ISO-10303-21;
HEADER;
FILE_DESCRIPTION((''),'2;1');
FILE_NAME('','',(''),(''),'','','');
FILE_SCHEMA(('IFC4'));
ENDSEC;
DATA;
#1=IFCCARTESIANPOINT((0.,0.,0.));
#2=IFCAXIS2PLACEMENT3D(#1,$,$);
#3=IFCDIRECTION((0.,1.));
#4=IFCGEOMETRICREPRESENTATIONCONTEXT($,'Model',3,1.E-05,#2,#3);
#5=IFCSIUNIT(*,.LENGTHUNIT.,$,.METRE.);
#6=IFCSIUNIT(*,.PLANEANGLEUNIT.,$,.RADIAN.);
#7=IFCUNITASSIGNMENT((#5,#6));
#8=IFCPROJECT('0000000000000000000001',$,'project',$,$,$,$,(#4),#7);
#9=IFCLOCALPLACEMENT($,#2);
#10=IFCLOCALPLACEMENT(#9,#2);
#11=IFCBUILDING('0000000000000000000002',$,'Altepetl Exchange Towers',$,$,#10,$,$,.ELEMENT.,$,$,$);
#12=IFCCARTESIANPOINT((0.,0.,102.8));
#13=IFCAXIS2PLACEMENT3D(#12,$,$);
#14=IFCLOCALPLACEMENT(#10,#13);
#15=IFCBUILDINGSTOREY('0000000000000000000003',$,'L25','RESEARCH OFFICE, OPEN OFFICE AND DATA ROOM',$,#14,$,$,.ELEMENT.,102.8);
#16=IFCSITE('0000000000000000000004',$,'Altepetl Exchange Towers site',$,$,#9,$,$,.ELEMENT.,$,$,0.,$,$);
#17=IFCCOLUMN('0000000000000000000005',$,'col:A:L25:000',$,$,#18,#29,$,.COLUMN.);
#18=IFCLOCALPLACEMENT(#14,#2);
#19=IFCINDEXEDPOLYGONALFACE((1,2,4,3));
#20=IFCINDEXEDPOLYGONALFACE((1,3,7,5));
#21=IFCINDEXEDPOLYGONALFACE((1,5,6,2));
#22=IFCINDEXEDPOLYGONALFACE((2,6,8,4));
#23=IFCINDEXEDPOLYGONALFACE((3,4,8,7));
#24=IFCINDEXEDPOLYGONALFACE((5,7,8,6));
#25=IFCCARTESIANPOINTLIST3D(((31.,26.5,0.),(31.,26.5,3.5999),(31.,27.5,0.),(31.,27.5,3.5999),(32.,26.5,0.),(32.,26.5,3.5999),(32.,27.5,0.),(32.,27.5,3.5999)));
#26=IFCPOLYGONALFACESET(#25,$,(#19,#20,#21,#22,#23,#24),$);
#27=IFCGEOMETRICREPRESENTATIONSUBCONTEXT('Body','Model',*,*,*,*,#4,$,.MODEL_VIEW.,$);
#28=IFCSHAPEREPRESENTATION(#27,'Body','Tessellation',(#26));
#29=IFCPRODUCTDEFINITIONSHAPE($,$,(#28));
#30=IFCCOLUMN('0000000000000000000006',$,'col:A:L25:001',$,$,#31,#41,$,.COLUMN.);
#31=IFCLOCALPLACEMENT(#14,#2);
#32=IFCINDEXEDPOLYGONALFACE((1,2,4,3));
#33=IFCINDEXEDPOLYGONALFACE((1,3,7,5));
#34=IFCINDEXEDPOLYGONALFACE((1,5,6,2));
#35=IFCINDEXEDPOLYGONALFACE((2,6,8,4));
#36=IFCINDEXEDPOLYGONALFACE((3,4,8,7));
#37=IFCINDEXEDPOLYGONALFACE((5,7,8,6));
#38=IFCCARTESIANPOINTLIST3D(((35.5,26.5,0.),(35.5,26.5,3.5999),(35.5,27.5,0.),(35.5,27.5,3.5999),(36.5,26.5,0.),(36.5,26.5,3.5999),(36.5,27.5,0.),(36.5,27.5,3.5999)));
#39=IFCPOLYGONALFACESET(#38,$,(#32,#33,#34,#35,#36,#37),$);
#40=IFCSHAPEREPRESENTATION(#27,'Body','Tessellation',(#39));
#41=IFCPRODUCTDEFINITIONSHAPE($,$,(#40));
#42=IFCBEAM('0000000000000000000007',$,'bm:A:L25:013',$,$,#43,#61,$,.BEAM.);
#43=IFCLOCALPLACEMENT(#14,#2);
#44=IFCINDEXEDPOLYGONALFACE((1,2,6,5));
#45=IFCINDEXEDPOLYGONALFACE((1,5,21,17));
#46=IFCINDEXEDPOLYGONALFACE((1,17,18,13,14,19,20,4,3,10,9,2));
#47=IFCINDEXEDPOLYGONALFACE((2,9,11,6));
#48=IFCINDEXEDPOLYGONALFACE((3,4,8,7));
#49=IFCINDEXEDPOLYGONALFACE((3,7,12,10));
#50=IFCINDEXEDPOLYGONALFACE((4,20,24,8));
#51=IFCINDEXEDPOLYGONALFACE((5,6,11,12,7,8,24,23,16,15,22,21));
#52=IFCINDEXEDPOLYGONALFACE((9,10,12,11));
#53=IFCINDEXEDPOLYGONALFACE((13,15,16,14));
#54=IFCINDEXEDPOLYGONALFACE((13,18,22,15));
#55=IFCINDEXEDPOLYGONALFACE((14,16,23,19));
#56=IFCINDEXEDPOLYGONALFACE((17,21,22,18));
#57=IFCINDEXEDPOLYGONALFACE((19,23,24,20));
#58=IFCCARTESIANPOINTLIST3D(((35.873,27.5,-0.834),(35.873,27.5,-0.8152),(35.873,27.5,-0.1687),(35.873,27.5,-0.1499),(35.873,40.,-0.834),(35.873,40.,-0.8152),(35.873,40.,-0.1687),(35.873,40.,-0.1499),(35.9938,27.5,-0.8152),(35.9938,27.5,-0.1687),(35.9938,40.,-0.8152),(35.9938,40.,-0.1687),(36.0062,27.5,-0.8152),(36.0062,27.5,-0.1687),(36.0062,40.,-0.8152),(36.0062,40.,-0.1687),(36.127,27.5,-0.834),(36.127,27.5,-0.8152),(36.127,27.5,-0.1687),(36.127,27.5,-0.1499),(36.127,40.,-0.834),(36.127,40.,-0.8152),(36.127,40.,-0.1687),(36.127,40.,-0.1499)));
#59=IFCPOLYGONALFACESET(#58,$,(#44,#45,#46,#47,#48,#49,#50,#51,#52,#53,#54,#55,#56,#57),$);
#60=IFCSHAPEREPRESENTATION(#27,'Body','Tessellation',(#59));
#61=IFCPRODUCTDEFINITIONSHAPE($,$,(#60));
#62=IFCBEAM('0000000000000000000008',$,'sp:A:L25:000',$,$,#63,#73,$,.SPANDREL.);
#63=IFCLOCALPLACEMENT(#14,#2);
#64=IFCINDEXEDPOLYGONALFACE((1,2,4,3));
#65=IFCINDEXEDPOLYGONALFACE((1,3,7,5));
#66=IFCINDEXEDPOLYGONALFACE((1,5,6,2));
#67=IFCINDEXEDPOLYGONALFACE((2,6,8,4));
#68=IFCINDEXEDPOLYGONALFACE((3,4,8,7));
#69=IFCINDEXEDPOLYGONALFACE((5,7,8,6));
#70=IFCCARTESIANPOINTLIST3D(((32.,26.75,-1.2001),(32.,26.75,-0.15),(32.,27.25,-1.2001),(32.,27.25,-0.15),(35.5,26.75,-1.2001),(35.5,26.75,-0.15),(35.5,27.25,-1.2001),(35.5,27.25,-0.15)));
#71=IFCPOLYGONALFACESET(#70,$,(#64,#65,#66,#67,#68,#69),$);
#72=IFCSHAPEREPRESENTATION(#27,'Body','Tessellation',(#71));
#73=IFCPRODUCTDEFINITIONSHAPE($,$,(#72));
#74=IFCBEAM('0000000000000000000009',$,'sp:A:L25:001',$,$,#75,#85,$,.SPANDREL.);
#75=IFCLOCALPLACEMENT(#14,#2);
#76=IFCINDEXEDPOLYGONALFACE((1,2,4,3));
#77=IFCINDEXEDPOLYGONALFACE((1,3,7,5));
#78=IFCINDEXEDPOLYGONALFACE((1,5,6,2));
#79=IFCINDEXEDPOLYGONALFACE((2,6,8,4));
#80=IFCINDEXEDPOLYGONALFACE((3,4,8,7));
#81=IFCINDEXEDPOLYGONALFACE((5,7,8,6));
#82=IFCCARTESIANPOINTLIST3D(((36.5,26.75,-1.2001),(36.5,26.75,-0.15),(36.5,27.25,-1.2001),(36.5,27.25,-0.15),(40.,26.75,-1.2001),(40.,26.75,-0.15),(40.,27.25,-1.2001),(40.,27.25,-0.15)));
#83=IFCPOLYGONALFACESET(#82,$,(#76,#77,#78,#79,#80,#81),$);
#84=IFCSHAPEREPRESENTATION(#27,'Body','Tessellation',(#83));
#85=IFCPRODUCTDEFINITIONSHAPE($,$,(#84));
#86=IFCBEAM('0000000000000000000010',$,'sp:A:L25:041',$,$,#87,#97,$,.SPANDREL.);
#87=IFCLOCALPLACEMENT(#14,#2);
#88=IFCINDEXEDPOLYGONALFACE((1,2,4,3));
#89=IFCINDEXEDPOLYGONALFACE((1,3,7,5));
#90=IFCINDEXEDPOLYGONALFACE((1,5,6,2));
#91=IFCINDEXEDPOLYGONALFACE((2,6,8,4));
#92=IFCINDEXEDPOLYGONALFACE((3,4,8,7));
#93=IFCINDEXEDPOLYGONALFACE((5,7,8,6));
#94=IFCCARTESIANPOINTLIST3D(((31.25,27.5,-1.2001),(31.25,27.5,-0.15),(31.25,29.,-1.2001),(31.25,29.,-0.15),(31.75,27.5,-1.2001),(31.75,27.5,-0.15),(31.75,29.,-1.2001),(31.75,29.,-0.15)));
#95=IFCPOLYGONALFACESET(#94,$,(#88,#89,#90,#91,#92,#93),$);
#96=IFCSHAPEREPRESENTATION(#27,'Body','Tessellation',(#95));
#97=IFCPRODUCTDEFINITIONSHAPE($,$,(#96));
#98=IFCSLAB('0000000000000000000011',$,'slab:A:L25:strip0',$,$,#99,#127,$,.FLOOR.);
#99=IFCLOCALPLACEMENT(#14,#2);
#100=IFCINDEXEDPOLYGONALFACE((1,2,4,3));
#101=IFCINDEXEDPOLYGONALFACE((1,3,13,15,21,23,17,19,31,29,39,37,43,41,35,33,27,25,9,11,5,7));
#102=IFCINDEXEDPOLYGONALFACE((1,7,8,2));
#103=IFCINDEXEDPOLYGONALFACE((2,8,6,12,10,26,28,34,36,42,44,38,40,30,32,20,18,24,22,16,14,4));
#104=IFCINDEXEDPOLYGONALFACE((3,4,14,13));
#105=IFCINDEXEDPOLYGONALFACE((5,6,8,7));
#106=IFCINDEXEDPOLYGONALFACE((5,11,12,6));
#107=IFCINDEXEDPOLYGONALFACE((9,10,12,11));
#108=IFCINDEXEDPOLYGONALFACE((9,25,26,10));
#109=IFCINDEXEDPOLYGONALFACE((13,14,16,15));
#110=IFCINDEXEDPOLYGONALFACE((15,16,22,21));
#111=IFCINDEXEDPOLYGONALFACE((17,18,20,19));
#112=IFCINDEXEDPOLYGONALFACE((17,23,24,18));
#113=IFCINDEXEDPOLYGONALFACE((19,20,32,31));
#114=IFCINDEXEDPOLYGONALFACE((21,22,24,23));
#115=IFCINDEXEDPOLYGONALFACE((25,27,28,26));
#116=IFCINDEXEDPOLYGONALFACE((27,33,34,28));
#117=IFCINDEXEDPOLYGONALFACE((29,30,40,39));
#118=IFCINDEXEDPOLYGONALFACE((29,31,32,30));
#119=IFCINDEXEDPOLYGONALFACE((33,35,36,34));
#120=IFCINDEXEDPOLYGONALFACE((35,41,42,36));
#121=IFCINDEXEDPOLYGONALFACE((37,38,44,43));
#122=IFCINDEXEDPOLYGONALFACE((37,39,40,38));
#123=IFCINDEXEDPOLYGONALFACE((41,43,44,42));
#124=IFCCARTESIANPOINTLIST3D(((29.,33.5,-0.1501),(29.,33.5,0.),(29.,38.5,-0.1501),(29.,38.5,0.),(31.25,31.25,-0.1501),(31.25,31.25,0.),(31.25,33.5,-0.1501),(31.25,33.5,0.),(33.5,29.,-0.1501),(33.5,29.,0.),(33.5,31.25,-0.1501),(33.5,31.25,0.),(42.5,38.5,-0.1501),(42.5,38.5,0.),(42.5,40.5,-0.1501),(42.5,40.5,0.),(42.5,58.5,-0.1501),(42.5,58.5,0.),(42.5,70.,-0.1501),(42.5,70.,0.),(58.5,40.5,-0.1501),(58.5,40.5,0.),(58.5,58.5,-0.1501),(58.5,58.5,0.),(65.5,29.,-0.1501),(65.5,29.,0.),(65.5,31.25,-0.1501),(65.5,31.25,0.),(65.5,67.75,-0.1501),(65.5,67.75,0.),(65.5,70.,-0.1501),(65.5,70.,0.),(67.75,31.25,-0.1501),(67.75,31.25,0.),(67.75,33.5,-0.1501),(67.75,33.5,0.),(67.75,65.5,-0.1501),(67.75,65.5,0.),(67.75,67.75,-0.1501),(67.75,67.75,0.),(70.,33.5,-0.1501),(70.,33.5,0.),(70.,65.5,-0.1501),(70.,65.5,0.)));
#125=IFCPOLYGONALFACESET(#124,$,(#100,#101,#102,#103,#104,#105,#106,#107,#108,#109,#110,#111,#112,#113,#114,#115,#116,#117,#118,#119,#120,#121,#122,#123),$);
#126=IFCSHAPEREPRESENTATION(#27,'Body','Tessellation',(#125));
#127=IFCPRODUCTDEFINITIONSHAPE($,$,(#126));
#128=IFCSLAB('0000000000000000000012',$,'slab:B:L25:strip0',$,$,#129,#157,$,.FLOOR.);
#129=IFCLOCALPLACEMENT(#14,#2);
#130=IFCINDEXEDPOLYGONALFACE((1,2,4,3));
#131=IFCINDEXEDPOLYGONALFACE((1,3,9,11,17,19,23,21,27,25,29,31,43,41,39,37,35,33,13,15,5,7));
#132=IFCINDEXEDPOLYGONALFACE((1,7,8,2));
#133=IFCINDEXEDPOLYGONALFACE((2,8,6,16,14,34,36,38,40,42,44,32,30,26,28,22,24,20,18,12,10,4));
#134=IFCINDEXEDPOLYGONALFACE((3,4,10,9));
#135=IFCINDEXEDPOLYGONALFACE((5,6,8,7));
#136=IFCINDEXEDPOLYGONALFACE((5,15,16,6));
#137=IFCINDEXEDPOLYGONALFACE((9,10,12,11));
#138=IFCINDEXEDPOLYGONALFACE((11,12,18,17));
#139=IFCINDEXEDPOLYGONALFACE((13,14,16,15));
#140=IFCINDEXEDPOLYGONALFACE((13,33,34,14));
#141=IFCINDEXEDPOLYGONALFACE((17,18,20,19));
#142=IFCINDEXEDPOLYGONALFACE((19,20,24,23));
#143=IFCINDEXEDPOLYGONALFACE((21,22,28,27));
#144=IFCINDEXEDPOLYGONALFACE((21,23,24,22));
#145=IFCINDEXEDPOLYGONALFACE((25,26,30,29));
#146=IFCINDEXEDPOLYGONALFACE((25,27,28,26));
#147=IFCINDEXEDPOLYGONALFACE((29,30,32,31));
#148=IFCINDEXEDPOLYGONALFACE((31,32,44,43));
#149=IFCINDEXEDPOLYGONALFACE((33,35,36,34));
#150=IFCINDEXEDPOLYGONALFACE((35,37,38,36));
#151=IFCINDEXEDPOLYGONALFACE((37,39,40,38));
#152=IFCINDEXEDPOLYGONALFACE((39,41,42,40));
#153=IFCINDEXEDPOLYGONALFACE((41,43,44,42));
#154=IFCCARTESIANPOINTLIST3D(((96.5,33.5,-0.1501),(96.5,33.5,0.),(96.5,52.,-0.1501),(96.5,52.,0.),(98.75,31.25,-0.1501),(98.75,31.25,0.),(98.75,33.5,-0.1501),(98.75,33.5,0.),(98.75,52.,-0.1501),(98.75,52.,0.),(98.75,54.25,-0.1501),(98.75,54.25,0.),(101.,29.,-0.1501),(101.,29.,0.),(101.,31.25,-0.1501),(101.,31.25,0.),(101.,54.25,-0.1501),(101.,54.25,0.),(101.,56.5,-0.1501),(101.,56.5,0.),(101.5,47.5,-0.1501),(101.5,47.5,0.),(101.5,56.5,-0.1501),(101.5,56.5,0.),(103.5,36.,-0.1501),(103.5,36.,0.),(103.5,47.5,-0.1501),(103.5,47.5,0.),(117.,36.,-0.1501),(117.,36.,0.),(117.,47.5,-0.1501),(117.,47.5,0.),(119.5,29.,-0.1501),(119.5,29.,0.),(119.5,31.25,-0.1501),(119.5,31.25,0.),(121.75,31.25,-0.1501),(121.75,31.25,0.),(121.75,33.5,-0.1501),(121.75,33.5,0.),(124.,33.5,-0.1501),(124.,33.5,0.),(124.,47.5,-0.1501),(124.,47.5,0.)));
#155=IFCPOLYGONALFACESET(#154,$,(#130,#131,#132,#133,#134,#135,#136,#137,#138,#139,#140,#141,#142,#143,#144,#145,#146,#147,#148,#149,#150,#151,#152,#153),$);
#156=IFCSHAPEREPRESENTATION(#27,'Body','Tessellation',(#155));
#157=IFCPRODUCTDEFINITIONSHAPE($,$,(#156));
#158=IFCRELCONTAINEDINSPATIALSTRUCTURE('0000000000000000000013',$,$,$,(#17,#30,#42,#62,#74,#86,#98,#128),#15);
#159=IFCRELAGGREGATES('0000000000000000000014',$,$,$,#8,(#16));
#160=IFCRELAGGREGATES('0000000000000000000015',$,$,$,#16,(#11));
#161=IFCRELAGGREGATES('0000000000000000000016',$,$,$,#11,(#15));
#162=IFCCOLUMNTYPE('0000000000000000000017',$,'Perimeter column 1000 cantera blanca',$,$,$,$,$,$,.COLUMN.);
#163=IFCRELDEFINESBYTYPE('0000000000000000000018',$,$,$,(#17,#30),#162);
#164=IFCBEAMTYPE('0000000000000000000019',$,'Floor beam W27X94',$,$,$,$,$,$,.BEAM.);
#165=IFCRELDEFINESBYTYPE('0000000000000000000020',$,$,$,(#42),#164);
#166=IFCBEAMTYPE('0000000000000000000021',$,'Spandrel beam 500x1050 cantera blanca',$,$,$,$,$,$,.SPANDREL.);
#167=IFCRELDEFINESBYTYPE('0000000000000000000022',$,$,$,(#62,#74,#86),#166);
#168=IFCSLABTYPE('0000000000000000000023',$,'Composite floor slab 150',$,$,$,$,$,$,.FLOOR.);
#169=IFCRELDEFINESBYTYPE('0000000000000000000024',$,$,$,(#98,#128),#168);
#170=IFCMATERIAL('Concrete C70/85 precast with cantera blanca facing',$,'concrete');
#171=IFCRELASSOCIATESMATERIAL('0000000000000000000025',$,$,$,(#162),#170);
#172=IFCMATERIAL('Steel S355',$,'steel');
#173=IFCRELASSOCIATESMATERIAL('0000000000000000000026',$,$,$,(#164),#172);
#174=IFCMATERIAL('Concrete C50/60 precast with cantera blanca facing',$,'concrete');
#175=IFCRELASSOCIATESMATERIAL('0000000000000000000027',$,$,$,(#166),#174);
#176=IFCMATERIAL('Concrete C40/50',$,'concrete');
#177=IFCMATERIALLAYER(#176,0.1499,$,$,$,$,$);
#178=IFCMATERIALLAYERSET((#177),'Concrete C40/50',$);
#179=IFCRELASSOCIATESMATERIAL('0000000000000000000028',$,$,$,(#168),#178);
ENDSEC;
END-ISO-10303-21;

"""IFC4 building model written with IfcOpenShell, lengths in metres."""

from ifc_helpers import new_model, si_unit, direction, frame, origin, origin_2d, place, context, subcontext, project, spatial, polyline, rectangle, i_section, outline, extrude, material, layer, layer_set, material_profile, profile_set, type_object, element, save


model = new_model("IFC4")

# Units and contexts
model_context = context("Model", 3, precision=1e-05, world=origin(), true_north=direction((0.0, 1.0)))
body_context = subcontext(model_context, "Body", "Model", "MODEL_VIEW")
ifc_project = project(units=[si_unit("LENGTHUNIT", "METRE"), si_unit("PLANEANGLEUNIT", "RADIAN")], contexts=[model_context])

# Site, building, storey
site_placement = place(None, origin())
site = spatial("IfcSite", under=ifc_project, at=site_placement, Name="Altepetl Exchange Towers site", CompositionType="ELEMENT", RefElevation=0.0)
building_placement = place(site_placement, origin())
building = spatial("IfcBuilding", under=site, at=building_placement, Name="Altepetl Exchange Towers", CompositionType="ELEMENT")
storey_placement = place(building_placement, frame((0.0, 0.0, 102.8)))
storey = spatial("IfcBuildingStorey", under=building, at=storey_placement, Name="L25", Description="RESEARCH OFFICE, OPEN OFFICE AND DATA ROOM", CompositionType="ELEMENT", Elevation=102.8)

# Columns
ifc_material_1 = material(Name="Concrete C70/85 precast with cantera blanca facing", Category="concrete")
ifc_material_profile_1 = material_profile(ifc_material_1, rectangle(XDim=1.0, YDim=1.0, at=origin_2d()), Name="1000 x 1000")
ifc_profile_set_1 = profile_set([ifc_material_profile_1], Name="Concrete C70/85 precast with cantera blanca facing")
column_type = type_object("IfcColumnType", Name="Perimeter column 1000 cantera blanca", PredefinedType="COLUMN", material=ifc_profile_set_1)
for number, where, name in (
    (1, (31.5, 27.0, 0.0), "col:A:L25:000"),
    (2, (36.0, 27.0, 0.0), "col:A:L25:001"),
):
    element("IfcColumn", number, at=place(storey_placement, frame(where)), inside=storey, type_object=column_type, Name=name, PredefinedType="COLUMN", context=body_context, shape_type="SweptSolid", body=[
        extrude(rectangle(XDim=1.0, YDim=1.0, at=origin_2d()), origin(), (0.0, 0.0, 1.0), 3.5999),
    ])

# Beams
ifc_material_2 = material(Name="Steel S355", Category="steel")
ifc_material_profile_2 = material_profile(ifc_material_2, i_section(OverallWidth=0.2539, OverallDepth=0.6841, WebThickness=0.0125, FlangeThickness=0.0188, at=origin_2d()), Name="W27X94")
ifc_profile_set_2 = profile_set([ifc_material_profile_2], Name="Steel S355")
beam_type_1 = type_object("IfcBeamType", Name="Floor beam W27X94", PredefinedType="BEAM", material=ifc_profile_set_2)
beam_1_placement = place(storey_placement, frame((36.0, 27.5, -0.4919), z_axis=(0.0, 1.0, 0.0), x_axis=(-1.0, 0.0, 0.0)))
element("IfcBeam", 3, at=beam_1_placement, inside=storey, type_object=beam_type_1, Name="bm:A:L25:013", PredefinedType="BEAM", context=body_context, shape_type="SweptSolid", body=[
    extrude(i_section(OverallWidth=0.2539, OverallDepth=0.6841, WebThickness=0.0125, FlangeThickness=0.0188, at=origin_2d()), origin(), (0.0, 0.0, 1.0), 12.5),
])
ifc_material_3 = material(Name="Concrete C50/60 precast with cantera blanca facing", Category="concrete")
ifc_material_profile_3 = material_profile(ifc_material_3, rectangle(XDim=0.5, YDim=1.05, at=origin_2d()), Name="500 x 1050")
ifc_profile_set_3 = profile_set([ifc_material_profile_3], Name="Concrete C50/60 precast with cantera blanca facing")
beam_type_2 = type_object("IfcBeamType", Name="Spandrel beam 500x1050 cantera blanca", PredefinedType="SPANDREL", material=ifc_profile_set_3)
for number, where, z_axis, x_axis, name in (
    (4, (32.0, 27.0, -0.675), (1.0, 0.0, 0.0), (0.0, 1.0, 0.0), "sp:A:L25:000"),
    (5, (36.5, 27.0, -0.675), (1.0, 0.0, 0.0), (0.0, 1.0, 0.0), "sp:A:L25:001"),
):
    element("IfcBeam", number, at=place(storey_placement, frame(where, z_axis=z_axis, x_axis=x_axis)), inside=storey, type_object=beam_type_2, Name=name, PredefinedType="SPANDREL", context=body_context, shape_type="SweptSolid", body=[
        extrude(rectangle(XDim=0.5, YDim=1.05, at=origin_2d()), origin(), (0.0, 0.0, 1.0), 3.5),
    ])
beam_2_placement = place(storey_placement, frame((31.5, 29.0, -0.675), z_axis=(0.0, -1.0, 0.0), x_axis=(1.0, 0.0, 0.0)))
element("IfcBeam", 6, at=beam_2_placement, inside=storey, type_object=beam_type_2, Name="sp:A:L25:041", PredefinedType="SPANDREL", context=body_context, shape_type="SweptSolid", body=[
    extrude(rectangle(XDim=0.5, YDim=1.05, at=origin_2d()), origin(), (0.0, 0.0, 1.0), 1.5),
])

# Slabs
ifc_material_4 = material(Name="Concrete C40/50", Category="concrete")
ifc_layer_1 = layer(ifc_material_4, 0.1499)
ifc_layer_set_1 = layer_set([ifc_layer_1], Name="Concrete C40/50")
slab_type_1 = type_object("IfcSlabType", Name="Composite floor slab 150", PredefinedType="FLOOR", material=ifc_layer_set_1)
slab_1_placement = place(storey_placement, frame((0.0, 0.0, -0.1501)))
element("IfcSlab", 7, at=slab_1_placement, inside=storey, type_object=slab_type_1, Name="slab:A:L25:strip0", PredefinedType="FLOOR", context=body_context, shape_type="SweptSolid", body=[
    extrude(outline(polyline([(42.5, 70.0), (42.5, 58.5), (58.5, 58.5), (58.5, 40.5), (42.5, 40.5), (42.5, 38.5), (29.0, 38.5), (29.0, 33.5), (31.25, 33.5), (31.25, 31.25), (33.5, 31.25), (33.5, 29.0), (65.5, 29.0), (65.5, 31.25), (67.75, 31.25), (67.75, 33.5), (70.0, 33.5), (70.0, 65.5), (67.75, 65.5), (67.75, 67.75), (65.5, 67.75), (65.5, 70.0), (42.5, 70.0)])), origin(), (0.0, 0.0, 1.0), 0.1501),
])
slab_2_placement = place(storey_placement, frame((0.0, 0.0, -0.1501)))
element("IfcSlab", 8, at=slab_2_placement, inside=storey, type_object=slab_type_1, Name="slab:B:L25:strip0", PredefinedType="FLOOR", context=body_context, shape_type="SweptSolid", body=[
    extrude(outline(polyline([(98.75, 54.25), (98.75, 52.0), (96.5, 52.0), (96.5, 33.5), (98.75, 33.5), (98.75, 31.25), (101.0, 31.25), (101.0, 29.0), (119.5, 29.0), (119.5, 31.25), (121.75, 31.25), (121.75, 33.5), (124.0, 33.5), (124.0, 47.5), (117.0, 47.5), (117.0, 36.0), (103.5, 36.0), (103.5, 47.5), (101.5, 47.5), (101.5, 56.5), (101.0, 56.5), (101.0, 54.25), (98.75, 54.25)])), origin(), (0.0, 0.0, 1.0), 0.1501),
])

save(model, "model.ifc")
